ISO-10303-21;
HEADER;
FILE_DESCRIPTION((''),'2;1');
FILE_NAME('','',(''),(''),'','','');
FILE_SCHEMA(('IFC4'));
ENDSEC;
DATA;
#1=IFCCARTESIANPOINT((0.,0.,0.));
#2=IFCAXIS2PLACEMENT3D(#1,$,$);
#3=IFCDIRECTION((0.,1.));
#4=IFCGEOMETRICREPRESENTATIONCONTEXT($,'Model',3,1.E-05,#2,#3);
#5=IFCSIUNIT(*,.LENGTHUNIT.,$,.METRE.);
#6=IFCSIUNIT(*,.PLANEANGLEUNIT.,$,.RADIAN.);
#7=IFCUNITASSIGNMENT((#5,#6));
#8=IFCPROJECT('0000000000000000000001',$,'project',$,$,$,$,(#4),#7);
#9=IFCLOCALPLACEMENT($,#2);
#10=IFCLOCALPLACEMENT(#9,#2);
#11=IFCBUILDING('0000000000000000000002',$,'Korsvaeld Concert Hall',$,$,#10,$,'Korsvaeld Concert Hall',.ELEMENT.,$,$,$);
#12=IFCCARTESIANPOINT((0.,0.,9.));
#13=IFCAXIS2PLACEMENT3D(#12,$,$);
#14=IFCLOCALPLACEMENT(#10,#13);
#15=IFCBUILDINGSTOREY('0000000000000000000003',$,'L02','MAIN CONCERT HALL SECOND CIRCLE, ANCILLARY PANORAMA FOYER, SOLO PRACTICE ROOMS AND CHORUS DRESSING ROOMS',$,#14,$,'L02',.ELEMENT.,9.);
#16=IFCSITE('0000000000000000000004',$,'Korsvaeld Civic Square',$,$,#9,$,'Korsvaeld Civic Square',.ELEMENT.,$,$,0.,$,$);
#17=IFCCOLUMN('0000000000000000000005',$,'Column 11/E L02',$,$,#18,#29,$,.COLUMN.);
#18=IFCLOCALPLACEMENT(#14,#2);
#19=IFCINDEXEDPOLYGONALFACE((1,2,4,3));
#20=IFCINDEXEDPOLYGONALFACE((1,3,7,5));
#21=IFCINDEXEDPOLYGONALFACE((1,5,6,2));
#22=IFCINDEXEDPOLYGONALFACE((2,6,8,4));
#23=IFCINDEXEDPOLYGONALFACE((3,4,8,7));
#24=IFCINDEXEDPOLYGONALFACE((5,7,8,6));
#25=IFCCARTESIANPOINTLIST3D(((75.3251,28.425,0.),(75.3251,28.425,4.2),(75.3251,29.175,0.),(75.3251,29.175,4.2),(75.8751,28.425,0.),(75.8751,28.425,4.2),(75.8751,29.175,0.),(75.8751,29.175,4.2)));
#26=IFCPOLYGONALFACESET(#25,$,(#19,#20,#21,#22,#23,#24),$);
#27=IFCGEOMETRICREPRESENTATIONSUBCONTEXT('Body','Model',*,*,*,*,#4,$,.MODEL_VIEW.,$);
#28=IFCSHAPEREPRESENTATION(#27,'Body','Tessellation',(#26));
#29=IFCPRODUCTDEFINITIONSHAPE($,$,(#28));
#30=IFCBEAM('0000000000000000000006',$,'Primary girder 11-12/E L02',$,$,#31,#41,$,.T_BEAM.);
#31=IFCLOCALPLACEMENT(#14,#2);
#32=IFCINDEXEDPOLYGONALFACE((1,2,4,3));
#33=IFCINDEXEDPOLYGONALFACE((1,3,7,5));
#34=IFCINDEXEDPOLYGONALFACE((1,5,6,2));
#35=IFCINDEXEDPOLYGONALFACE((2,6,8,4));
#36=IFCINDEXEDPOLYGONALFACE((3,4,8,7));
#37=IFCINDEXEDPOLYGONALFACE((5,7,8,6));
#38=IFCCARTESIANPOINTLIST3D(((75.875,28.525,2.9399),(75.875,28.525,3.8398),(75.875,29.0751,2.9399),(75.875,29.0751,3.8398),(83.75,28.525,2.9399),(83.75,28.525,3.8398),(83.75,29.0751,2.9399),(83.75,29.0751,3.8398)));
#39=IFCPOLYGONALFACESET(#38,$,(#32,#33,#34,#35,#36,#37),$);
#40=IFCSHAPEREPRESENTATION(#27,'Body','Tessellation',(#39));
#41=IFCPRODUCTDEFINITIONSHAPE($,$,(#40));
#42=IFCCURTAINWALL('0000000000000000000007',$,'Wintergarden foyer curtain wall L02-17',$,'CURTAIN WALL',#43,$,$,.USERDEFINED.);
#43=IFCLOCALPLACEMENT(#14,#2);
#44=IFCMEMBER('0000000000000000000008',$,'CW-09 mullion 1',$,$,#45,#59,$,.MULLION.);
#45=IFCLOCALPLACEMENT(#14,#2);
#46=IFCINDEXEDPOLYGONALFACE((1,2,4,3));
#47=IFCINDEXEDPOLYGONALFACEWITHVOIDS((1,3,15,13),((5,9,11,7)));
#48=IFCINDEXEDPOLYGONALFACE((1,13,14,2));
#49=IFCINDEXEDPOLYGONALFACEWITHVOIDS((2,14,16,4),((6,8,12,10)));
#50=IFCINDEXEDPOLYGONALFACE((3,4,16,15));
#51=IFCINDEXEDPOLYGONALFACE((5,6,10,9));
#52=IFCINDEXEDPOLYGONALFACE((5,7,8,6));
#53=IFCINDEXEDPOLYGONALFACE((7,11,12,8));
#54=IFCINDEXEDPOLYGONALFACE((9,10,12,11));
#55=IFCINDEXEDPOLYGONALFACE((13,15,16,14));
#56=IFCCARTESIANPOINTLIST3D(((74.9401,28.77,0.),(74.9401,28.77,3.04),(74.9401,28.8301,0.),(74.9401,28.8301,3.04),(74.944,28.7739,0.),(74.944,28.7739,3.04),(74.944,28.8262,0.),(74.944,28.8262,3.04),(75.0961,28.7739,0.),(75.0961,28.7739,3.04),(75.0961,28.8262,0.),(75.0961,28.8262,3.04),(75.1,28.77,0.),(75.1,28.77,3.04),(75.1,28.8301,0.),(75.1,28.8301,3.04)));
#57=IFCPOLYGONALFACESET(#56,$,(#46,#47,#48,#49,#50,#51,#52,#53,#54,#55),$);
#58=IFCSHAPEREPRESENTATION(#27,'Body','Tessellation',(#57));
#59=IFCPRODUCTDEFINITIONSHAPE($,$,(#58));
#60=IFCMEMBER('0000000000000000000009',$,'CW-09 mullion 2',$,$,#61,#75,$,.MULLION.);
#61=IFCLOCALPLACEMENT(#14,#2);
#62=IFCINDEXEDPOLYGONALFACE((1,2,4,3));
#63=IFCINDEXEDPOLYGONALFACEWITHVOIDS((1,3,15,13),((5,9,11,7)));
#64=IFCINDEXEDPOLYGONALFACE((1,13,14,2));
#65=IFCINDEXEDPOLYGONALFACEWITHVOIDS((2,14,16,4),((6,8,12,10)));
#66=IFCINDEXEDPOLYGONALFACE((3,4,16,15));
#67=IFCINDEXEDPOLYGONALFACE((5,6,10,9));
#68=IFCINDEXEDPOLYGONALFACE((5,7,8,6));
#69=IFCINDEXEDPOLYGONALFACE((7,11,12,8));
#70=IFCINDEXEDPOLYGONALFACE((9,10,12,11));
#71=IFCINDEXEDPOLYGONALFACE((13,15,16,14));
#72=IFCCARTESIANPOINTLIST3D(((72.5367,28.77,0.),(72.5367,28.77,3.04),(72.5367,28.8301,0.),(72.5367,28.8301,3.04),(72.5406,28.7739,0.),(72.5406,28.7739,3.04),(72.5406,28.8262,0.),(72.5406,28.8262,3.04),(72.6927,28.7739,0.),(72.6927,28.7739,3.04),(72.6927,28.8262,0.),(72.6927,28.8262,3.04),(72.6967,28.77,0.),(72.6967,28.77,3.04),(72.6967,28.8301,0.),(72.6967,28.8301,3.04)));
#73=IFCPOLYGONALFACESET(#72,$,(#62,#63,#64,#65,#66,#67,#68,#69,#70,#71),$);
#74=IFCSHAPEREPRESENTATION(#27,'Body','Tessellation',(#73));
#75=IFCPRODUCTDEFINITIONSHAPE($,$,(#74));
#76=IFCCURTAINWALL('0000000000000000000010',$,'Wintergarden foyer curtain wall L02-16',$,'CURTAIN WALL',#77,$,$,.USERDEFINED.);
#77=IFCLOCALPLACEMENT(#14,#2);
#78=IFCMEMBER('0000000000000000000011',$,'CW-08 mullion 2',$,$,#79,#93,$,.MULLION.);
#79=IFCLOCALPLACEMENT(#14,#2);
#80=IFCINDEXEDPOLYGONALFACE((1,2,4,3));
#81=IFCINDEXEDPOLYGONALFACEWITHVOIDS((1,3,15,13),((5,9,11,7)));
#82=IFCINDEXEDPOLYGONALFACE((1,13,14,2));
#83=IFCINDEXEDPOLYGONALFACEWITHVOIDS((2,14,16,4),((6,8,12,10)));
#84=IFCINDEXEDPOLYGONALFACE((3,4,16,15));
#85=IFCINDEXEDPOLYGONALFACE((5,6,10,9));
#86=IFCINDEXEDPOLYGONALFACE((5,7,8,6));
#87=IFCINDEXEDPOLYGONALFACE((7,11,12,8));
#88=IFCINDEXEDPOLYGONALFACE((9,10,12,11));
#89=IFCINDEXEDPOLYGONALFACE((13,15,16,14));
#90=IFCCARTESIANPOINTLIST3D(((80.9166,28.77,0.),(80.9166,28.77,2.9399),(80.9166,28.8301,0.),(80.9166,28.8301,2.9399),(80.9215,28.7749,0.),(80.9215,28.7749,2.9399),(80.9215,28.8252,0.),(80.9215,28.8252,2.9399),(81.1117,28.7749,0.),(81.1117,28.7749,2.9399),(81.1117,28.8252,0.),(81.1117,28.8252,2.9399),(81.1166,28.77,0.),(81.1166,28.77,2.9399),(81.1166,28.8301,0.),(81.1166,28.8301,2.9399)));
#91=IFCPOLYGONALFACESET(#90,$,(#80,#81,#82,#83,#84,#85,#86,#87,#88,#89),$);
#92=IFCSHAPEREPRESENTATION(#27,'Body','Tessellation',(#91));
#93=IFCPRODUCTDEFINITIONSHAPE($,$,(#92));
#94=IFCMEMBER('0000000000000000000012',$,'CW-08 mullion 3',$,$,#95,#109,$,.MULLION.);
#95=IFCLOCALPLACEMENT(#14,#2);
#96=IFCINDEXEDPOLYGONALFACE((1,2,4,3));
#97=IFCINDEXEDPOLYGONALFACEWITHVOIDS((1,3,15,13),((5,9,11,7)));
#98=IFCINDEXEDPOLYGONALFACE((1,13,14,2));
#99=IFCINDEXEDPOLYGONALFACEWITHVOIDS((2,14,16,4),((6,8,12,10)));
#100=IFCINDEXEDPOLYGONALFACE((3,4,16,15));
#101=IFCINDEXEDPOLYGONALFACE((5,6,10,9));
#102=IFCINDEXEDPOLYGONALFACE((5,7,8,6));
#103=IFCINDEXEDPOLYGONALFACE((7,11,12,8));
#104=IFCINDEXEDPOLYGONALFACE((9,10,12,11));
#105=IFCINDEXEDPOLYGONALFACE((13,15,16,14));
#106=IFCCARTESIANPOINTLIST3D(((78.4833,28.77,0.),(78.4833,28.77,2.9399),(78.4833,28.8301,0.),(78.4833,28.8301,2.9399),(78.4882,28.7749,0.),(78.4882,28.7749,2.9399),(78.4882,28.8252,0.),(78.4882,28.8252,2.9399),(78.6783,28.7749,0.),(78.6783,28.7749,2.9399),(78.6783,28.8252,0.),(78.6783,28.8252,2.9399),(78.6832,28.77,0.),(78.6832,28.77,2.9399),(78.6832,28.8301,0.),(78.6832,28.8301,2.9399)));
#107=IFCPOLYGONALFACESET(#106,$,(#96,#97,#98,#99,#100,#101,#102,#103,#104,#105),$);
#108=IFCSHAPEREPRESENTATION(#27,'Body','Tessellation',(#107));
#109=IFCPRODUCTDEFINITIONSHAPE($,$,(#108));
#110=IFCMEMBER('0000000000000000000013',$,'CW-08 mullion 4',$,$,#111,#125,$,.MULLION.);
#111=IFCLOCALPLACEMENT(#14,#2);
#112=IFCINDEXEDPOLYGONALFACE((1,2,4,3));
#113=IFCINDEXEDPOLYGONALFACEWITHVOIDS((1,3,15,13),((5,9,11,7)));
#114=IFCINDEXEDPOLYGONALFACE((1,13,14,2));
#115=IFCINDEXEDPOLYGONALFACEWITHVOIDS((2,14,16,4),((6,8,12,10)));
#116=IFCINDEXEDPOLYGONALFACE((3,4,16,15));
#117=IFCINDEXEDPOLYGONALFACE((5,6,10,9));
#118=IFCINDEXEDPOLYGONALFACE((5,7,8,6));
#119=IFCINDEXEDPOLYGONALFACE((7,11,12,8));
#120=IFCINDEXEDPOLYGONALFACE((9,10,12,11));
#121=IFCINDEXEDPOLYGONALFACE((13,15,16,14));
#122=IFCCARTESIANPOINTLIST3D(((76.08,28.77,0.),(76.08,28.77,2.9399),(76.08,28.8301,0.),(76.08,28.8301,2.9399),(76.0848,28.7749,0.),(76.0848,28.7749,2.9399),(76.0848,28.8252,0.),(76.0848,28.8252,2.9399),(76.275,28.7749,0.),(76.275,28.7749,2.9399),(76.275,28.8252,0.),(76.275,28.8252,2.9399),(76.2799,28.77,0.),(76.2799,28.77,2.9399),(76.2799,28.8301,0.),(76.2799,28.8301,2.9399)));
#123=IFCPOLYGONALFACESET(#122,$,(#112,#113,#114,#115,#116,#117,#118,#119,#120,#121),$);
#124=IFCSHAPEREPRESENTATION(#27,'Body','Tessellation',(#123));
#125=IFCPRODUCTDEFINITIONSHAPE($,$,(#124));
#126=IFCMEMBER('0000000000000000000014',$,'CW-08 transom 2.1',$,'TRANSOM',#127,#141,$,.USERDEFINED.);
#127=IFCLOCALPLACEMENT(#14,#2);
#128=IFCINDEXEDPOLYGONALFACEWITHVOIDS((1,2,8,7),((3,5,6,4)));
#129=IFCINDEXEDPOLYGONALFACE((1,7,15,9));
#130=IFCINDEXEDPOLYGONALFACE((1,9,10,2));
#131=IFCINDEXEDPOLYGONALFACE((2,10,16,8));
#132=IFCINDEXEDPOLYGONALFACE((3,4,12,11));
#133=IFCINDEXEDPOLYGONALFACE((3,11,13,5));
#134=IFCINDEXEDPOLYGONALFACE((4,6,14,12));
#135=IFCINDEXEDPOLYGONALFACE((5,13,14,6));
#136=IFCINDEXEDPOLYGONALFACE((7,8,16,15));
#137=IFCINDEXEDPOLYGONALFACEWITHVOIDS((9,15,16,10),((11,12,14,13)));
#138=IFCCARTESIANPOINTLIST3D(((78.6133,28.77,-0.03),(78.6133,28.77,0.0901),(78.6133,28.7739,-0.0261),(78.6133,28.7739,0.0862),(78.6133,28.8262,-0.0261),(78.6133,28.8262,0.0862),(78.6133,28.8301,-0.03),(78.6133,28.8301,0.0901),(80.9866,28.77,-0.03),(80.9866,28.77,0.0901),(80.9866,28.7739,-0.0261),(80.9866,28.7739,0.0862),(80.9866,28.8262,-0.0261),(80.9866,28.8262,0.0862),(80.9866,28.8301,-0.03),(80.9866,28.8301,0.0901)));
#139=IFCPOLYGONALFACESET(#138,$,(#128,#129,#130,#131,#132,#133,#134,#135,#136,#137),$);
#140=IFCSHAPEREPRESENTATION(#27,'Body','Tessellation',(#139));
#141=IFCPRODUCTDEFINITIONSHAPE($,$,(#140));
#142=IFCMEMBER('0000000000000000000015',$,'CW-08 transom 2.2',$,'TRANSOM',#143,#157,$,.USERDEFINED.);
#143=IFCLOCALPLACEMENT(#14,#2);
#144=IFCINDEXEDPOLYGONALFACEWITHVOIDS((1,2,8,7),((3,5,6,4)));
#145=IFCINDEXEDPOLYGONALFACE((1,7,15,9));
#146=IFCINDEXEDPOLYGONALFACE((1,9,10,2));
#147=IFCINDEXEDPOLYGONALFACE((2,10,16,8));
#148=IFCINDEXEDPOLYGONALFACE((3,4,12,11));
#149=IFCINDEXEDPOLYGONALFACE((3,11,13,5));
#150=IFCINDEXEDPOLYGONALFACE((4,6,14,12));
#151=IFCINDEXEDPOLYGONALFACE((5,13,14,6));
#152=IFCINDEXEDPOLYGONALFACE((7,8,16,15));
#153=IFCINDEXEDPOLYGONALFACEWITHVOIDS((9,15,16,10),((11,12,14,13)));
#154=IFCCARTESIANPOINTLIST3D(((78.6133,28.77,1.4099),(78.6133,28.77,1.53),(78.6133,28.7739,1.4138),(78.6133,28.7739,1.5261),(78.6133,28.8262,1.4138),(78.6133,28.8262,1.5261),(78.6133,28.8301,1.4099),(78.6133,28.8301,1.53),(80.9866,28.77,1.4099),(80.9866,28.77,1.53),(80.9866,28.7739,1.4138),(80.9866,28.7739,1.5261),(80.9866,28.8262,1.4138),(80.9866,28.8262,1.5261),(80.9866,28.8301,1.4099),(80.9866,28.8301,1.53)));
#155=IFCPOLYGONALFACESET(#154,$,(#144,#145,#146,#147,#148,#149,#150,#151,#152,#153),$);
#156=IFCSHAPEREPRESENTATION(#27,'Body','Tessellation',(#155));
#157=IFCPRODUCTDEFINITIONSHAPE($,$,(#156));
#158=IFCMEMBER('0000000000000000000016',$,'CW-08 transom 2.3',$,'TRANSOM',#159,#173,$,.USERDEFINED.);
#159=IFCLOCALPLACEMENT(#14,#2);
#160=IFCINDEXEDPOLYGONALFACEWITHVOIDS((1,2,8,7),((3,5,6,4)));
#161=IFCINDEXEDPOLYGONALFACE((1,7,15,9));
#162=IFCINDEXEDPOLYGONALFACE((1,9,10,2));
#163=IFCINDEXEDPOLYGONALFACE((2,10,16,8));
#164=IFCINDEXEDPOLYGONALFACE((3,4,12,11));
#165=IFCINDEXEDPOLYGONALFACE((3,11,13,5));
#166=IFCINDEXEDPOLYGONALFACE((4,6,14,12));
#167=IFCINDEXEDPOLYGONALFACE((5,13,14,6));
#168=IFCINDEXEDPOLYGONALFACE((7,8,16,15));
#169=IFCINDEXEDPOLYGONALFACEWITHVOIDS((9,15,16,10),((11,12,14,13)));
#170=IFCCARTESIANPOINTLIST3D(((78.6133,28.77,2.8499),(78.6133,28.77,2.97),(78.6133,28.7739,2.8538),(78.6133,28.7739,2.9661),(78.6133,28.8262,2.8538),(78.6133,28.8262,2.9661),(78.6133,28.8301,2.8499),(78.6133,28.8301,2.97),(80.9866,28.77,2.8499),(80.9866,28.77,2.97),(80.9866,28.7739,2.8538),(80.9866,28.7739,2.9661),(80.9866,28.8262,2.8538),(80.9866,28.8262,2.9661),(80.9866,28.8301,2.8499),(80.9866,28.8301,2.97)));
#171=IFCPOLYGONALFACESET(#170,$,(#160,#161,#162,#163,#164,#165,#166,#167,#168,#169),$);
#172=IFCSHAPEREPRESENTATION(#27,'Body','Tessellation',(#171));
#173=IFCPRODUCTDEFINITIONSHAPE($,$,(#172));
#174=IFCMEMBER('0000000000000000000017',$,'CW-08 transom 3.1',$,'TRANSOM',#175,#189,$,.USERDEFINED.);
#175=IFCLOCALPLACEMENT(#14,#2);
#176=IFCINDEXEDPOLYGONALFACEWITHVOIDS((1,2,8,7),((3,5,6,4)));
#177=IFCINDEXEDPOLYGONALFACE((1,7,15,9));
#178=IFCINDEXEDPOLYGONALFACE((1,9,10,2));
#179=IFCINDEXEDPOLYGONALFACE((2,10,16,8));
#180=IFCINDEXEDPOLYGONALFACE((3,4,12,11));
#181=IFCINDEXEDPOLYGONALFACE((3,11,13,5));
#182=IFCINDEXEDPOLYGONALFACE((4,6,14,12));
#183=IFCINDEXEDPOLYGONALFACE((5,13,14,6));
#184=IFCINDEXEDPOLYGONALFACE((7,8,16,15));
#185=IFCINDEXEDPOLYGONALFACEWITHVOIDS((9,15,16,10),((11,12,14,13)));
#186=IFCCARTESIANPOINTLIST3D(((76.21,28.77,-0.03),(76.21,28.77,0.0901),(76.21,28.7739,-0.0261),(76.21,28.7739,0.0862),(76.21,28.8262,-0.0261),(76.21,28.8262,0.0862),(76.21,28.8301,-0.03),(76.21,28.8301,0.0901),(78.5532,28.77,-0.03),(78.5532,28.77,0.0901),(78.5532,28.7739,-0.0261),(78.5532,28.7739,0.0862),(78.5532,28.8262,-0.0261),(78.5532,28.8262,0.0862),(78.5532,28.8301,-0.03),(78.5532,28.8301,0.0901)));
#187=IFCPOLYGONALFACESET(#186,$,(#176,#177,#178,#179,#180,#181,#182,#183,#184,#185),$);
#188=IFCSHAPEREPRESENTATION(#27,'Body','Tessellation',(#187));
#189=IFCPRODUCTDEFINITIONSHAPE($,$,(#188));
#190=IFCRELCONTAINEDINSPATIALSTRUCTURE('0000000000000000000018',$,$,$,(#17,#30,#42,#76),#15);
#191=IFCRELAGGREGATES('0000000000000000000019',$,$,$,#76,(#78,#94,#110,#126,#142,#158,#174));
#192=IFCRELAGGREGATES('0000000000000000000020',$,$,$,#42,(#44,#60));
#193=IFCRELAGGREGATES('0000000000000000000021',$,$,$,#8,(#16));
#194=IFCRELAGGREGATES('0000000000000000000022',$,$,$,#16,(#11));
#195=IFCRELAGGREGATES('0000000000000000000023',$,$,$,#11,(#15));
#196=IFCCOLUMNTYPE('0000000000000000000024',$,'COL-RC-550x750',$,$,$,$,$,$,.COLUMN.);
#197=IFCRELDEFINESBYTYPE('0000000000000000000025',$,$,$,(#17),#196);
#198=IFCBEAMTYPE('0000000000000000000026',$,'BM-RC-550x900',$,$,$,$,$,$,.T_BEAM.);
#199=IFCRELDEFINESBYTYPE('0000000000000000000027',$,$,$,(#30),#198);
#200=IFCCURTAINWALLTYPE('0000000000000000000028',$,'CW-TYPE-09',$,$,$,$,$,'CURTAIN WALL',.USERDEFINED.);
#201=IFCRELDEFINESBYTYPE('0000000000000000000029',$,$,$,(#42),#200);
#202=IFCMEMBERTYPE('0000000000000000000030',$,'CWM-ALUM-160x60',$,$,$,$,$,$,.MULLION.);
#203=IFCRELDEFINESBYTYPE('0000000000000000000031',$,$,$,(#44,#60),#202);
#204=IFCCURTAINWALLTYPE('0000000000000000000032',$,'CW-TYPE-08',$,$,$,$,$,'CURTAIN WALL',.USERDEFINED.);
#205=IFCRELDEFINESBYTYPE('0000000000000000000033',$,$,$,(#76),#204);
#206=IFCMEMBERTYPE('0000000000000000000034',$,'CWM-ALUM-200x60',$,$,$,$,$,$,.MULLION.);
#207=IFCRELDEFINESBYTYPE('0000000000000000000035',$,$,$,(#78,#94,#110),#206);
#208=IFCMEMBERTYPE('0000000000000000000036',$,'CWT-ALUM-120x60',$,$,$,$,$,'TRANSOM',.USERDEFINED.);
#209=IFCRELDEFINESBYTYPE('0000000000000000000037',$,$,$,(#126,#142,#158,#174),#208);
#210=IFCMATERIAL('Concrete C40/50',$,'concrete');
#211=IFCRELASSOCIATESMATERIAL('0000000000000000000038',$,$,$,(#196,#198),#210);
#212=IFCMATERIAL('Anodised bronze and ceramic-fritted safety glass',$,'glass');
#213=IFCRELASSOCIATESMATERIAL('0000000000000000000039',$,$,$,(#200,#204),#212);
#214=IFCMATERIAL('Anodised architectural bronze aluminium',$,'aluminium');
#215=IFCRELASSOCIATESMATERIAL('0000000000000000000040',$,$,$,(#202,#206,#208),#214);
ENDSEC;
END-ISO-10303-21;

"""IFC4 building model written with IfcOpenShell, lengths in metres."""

from ifc_helpers import new_model, si_unit, direction, frame, origin, origin_2d, place, context, subcontext, project, spatial, rectangle, hollow_rectangle, extrude, material, material_profile, profile_set, type_object, element, aggregate, save


model = new_model("IFC4")

# Units and contexts
model_context = context("Model", 3, precision=1e-05, world=origin(), true_north=direction((0.0, 1.0)))
body_context = subcontext(model_context, "Body", "Model", "MODEL_VIEW")
ifc_project = project(units=[si_unit("LENGTHUNIT", "METRE"), si_unit("PLANEANGLEUNIT", "RADIAN")], contexts=[model_context])

# Site, building, storey
site_placement = place(None, origin())
site = spatial("IfcSite", under=ifc_project, at=site_placement, Name="Korsvaeld Civic Square", LongName="Korsvaeld Civic Square", CompositionType="ELEMENT", RefElevation=0.0)
building_placement = place(site_placement, origin())
building = spatial("IfcBuilding", under=site, at=building_placement, Name="Korsvaeld Concert Hall", LongName="Korsvaeld Concert Hall", CompositionType="ELEMENT")
storey_placement = place(building_placement, frame((0.0, 0.0, 9.0)))
storey = spatial("IfcBuildingStorey", under=building, at=storey_placement, Name="L02", Description="MAIN CONCERT HALL SECOND CIRCLE, ANCILLARY PANORAMA FOYER, SOLO PRACTICE ROOMS AND CHORUS DRESSING ROOMS", LongName="L02", CompositionType="ELEMENT", Elevation=9.0)

# Column
ifc_material_1 = material(Name="Concrete C40/50", Category="concrete")
ifc_material_profile_1 = material_profile(ifc_material_1, rectangle(XDim=0.55, YDim=0.75, at=origin_2d()), Name="RC 550x750")
ifc_profile_set_1 = profile_set([ifc_material_profile_1], Name="Concrete C40/50")
column_type = type_object("IfcColumnType", Name="COL-RC-550x750", PredefinedType="COLUMN", material=ifc_profile_set_1)
column_placement = place(storey_placement, frame((75.6001, 28.8, 0.0), z_axis=(0.0, 0.0, 1.0), x_axis=(1.0, 0.0, 0.0)))
element("IfcColumn", 1, at=column_placement, inside=storey, type_object=column_type, Name="Column 11/E L02", PredefinedType="COLUMN", context=body_context, shape_type="SweptSolid", body=[
    extrude(rectangle(XDim=0.55, YDim=0.75, at=origin_2d()), origin(), (0.0, 0.0, 1.0), 4.2),
])

# Beam
ifc_material_profile_2 = material_profile(ifc_material_1, rectangle(XDim=0.55, YDim=0.8999, at=origin_2d()), Name="RC 550x900")
ifc_profile_set_2 = profile_set([ifc_material_profile_2], Name="Concrete C40/50")
beam_type = type_object("IfcBeamType", Name="BM-RC-550x900", PredefinedType="T_BEAM", material=ifc_profile_set_2)
beam_placement = place(storey_placement, frame((75.875, 28.8, 3.3899), z_axis=(1.0, 0.0, 0.0), x_axis=(0.0, 1.0, 0.0)))
element("IfcBeam", 2, at=beam_placement, inside=storey, type_object=beam_type, Name="Primary girder 11-12/E L02", PredefinedType="T_BEAM", context=body_context, shape_type="SweptSolid", body=[
    extrude(rectangle(XDim=0.55, YDim=0.8999, at=origin_2d()), origin(), (0.0, 0.0, 1.0), 7.875),
])

# Curtain walls, members
ifc_material_2 = material(Name="Anodised bronze and ceramic-fritted safety glass", Category="glass")
curtain_wall_type_1 = type_object("IfcCurtainWallType", Name="CW-TYPE-09", ElementType="CURTAIN WALL", PredefinedType="USERDEFINED", material=ifc_material_2)
curtain_wall_1_placement = place(storey_placement, origin())
curtain_wall_1 = element("IfcCurtainWall", 3, at=curtain_wall_1_placement, inside=storey, type_object=curtain_wall_type_1, Name="Wintergarden foyer curtain wall L02-17", ObjectType="CURTAIN WALL", PredefinedType="USERDEFINED")
ifc_material_3 = material(Name="Anodised architectural bronze aluminium", Category="aluminium")
ifc_material_profile_3 = material_profile(ifc_material_3, hollow_rectangle(XDim=0.0601, YDim=0.1599, WallThickness=0.0039, at=origin_2d()), Name="CWM 160x60x4")
ifc_profile_set_3 = profile_set([ifc_material_profile_3], Name="Anodised architectural bronze aluminium")
member_type_1 = type_object("IfcMemberType", Name="CWM-ALUM-160x60", PredefinedType="MULLION", material=ifc_profile_set_3)
member_1_placement = place(storey_placement, frame((75.02, 28.8, 0.0), z_axis=(0.0, 0.0, 1.0), x_axis=(0.0, -1.0, 0.0)))
member_1 = element("IfcMember", 4, at=member_1_placement, type_object=member_type_1, Name="CW-09 mullion 1", PredefinedType="MULLION", context=body_context, shape_type="SweptSolid", body=[
    extrude(hollow_rectangle(XDim=0.0601, YDim=0.1599, WallThickness=0.0039, at=origin_2d()), origin(), (0.0, 0.0, 1.0), 3.04),
])
member_2_placement = place(storey_placement, frame((72.6167, 28.8, 0.0), z_axis=(0.0, 0.0, 1.0), x_axis=(0.0, -1.0, 0.0)))
member_2 = element("IfcMember", 5, at=member_2_placement, type_object=member_type_1, Name="CW-09 mullion 2", PredefinedType="MULLION", context=body_context, shape_type="SweptSolid", body=[
    extrude(hollow_rectangle(XDim=0.0601, YDim=0.1599, WallThickness=0.0039, at=origin_2d()), origin(), (0.0, 0.0, 1.0), 3.04),
])
curtain_wall_type_2 = type_object("IfcCurtainWallType", Name="CW-TYPE-08", ElementType="CURTAIN WALL", PredefinedType="USERDEFINED", material=ifc_material_2)
curtain_wall_2_placement = place(storey_placement, origin())
curtain_wall_2 = element("IfcCurtainWall", 6, at=curtain_wall_2_placement, inside=storey, type_object=curtain_wall_type_2, Name="Wintergarden foyer curtain wall L02-16", ObjectType="CURTAIN WALL", PredefinedType="USERDEFINED")
ifc_material_profile_4 = material_profile(ifc_material_3, hollow_rectangle(XDim=0.0601, YDim=0.2, WallThickness=0.0049, at=origin_2d()), Name="CWM 200x60x5")
ifc_profile_set_4 = profile_set([ifc_material_profile_4], Name="Anodised architectural bronze aluminium")
member_type_2 = type_object("IfcMemberType", Name="CWM-ALUM-200x60", PredefinedType="MULLION", material=ifc_profile_set_4)
member_3_placement = place(storey_placement, frame((81.0166, 28.8, 0.0), z_axis=(0.0, 0.0, 1.0), x_axis=(0.0, -1.0, 0.0)))
member_3 = element("IfcMember", 7, at=member_3_placement, type_object=member_type_2, Name="CW-08 mullion 2", PredefinedType="MULLION", context=body_context, shape_type="SweptSolid", body=[
    extrude(hollow_rectangle(XDim=0.0601, YDim=0.2, WallThickness=0.0049, at=origin_2d()), origin(), (0.0, 0.0, 1.0), 2.9399),
])
member_4_placement = place(storey_placement, frame((78.5833, 28.8, 0.0), z_axis=(0.0, 0.0, 1.0), x_axis=(0.0, -1.0, 0.0)))
member_4 = element("IfcMember", 8, at=member_4_placement, type_object=member_type_2, Name="CW-08 mullion 3", PredefinedType="MULLION", context=body_context, shape_type="SweptSolid", body=[
    extrude(hollow_rectangle(XDim=0.0601, YDim=0.2, WallThickness=0.0049, at=origin_2d()), origin(), (0.0, 0.0, 1.0), 2.9399),
])
member_5_placement = place(storey_placement, frame((76.1799, 28.8, 0.0), z_axis=(0.0, 0.0, 1.0), x_axis=(0.0, -1.0, 0.0)))
member_5 = element("IfcMember", 9, at=member_5_placement, type_object=member_type_2, Name="CW-08 mullion 4", PredefinedType="MULLION", context=body_context, shape_type="SweptSolid", body=[
    extrude(hollow_rectangle(XDim=0.0601, YDim=0.2, WallThickness=0.0049, at=origin_2d()), origin(), (0.0, 0.0, 1.0), 2.9399),
])
ifc_material_profile_5 = material_profile(ifc_material_3, hollow_rectangle(XDim=0.0601, YDim=0.1201, WallThickness=0.0039, at=origin_2d()), Name="CWT 120x60x4")
ifc_profile_set_5 = profile_set([ifc_material_profile_5], Name="Anodised architectural bronze aluminium")
member_type_3 = type_object("IfcMemberType", Name="CWT-ALUM-120x60", ElementType="TRANSOM", PredefinedType="USERDEFINED", material=ifc_profile_set_5)
member_6_placement = place(storey_placement, frame((80.9866, 28.8, 0.03), z_axis=(-1.0, 0.0, 0.0), x_axis=(0.0, -1.0, 0.0)))
member_6 = element("IfcMember", 10, at=member_6_placement, type_object=member_type_3, Name="CW-08 transom 2.1", ObjectType="TRANSOM", PredefinedType="USERDEFINED", context=body_context, shape_type="SweptSolid", body=[
    extrude(hollow_rectangle(XDim=0.0601, YDim=0.1201, WallThickness=0.0039, at=origin_2d()), origin(), (0.0, 0.0, 1.0), 2.3733),
])
member_7_placement = place(storey_placement, frame((80.9866, 28.8, 1.47), z_axis=(-1.0, 0.0, 0.0), x_axis=(0.0, -1.0, 0.0)))
member_7 = element("IfcMember", 11, at=member_7_placement, type_object=member_type_3, Name="CW-08 transom 2.2", ObjectType="TRANSOM", PredefinedType="USERDEFINED", context=body_context, shape_type="SweptSolid", body=[
    extrude(hollow_rectangle(XDim=0.0601, YDim=0.1201, WallThickness=0.0039, at=origin_2d()), origin(), (0.0, 0.0, 1.0), 2.3733),
])
member_8_placement = place(storey_placement, frame((80.9866, 28.8, 2.9099), z_axis=(-1.0, 0.0, 0.0), x_axis=(0.0, -1.0, 0.0)))
member_8 = element("IfcMember", 12, at=member_8_placement, type_object=member_type_3, Name="CW-08 transom 2.3", ObjectType="TRANSOM", PredefinedType="USERDEFINED", context=body_context, shape_type="SweptSolid", body=[
    extrude(hollow_rectangle(XDim=0.0601, YDim=0.1201, WallThickness=0.0039, at=origin_2d()), origin(), (0.0, 0.0, 1.0), 2.3733),
])
member_9_placement = place(storey_placement, frame((78.5532, 28.8, 0.03), z_axis=(-1.0, 0.0, 0.0), x_axis=(0.0, -1.0, 0.0)))
member_9 = element("IfcMember", 13, at=member_9_placement, type_object=member_type_3, Name="CW-08 transom 3.1", ObjectType="TRANSOM", PredefinedType="USERDEFINED", context=body_context, shape_type="SweptSolid", body=[
    extrude(hollow_rectangle(XDim=0.0601, YDim=0.1201, WallThickness=0.0039, at=origin_2d()), origin(), (0.0, 0.0, 1.0), 2.3433),
])

aggregate(curtain_wall_2, [member_3, member_4, member_5, member_6, member_7, member_8, member_9])
aggregate(curtain_wall_1, [member_1, member_2])

save(model, "model.ifc")
